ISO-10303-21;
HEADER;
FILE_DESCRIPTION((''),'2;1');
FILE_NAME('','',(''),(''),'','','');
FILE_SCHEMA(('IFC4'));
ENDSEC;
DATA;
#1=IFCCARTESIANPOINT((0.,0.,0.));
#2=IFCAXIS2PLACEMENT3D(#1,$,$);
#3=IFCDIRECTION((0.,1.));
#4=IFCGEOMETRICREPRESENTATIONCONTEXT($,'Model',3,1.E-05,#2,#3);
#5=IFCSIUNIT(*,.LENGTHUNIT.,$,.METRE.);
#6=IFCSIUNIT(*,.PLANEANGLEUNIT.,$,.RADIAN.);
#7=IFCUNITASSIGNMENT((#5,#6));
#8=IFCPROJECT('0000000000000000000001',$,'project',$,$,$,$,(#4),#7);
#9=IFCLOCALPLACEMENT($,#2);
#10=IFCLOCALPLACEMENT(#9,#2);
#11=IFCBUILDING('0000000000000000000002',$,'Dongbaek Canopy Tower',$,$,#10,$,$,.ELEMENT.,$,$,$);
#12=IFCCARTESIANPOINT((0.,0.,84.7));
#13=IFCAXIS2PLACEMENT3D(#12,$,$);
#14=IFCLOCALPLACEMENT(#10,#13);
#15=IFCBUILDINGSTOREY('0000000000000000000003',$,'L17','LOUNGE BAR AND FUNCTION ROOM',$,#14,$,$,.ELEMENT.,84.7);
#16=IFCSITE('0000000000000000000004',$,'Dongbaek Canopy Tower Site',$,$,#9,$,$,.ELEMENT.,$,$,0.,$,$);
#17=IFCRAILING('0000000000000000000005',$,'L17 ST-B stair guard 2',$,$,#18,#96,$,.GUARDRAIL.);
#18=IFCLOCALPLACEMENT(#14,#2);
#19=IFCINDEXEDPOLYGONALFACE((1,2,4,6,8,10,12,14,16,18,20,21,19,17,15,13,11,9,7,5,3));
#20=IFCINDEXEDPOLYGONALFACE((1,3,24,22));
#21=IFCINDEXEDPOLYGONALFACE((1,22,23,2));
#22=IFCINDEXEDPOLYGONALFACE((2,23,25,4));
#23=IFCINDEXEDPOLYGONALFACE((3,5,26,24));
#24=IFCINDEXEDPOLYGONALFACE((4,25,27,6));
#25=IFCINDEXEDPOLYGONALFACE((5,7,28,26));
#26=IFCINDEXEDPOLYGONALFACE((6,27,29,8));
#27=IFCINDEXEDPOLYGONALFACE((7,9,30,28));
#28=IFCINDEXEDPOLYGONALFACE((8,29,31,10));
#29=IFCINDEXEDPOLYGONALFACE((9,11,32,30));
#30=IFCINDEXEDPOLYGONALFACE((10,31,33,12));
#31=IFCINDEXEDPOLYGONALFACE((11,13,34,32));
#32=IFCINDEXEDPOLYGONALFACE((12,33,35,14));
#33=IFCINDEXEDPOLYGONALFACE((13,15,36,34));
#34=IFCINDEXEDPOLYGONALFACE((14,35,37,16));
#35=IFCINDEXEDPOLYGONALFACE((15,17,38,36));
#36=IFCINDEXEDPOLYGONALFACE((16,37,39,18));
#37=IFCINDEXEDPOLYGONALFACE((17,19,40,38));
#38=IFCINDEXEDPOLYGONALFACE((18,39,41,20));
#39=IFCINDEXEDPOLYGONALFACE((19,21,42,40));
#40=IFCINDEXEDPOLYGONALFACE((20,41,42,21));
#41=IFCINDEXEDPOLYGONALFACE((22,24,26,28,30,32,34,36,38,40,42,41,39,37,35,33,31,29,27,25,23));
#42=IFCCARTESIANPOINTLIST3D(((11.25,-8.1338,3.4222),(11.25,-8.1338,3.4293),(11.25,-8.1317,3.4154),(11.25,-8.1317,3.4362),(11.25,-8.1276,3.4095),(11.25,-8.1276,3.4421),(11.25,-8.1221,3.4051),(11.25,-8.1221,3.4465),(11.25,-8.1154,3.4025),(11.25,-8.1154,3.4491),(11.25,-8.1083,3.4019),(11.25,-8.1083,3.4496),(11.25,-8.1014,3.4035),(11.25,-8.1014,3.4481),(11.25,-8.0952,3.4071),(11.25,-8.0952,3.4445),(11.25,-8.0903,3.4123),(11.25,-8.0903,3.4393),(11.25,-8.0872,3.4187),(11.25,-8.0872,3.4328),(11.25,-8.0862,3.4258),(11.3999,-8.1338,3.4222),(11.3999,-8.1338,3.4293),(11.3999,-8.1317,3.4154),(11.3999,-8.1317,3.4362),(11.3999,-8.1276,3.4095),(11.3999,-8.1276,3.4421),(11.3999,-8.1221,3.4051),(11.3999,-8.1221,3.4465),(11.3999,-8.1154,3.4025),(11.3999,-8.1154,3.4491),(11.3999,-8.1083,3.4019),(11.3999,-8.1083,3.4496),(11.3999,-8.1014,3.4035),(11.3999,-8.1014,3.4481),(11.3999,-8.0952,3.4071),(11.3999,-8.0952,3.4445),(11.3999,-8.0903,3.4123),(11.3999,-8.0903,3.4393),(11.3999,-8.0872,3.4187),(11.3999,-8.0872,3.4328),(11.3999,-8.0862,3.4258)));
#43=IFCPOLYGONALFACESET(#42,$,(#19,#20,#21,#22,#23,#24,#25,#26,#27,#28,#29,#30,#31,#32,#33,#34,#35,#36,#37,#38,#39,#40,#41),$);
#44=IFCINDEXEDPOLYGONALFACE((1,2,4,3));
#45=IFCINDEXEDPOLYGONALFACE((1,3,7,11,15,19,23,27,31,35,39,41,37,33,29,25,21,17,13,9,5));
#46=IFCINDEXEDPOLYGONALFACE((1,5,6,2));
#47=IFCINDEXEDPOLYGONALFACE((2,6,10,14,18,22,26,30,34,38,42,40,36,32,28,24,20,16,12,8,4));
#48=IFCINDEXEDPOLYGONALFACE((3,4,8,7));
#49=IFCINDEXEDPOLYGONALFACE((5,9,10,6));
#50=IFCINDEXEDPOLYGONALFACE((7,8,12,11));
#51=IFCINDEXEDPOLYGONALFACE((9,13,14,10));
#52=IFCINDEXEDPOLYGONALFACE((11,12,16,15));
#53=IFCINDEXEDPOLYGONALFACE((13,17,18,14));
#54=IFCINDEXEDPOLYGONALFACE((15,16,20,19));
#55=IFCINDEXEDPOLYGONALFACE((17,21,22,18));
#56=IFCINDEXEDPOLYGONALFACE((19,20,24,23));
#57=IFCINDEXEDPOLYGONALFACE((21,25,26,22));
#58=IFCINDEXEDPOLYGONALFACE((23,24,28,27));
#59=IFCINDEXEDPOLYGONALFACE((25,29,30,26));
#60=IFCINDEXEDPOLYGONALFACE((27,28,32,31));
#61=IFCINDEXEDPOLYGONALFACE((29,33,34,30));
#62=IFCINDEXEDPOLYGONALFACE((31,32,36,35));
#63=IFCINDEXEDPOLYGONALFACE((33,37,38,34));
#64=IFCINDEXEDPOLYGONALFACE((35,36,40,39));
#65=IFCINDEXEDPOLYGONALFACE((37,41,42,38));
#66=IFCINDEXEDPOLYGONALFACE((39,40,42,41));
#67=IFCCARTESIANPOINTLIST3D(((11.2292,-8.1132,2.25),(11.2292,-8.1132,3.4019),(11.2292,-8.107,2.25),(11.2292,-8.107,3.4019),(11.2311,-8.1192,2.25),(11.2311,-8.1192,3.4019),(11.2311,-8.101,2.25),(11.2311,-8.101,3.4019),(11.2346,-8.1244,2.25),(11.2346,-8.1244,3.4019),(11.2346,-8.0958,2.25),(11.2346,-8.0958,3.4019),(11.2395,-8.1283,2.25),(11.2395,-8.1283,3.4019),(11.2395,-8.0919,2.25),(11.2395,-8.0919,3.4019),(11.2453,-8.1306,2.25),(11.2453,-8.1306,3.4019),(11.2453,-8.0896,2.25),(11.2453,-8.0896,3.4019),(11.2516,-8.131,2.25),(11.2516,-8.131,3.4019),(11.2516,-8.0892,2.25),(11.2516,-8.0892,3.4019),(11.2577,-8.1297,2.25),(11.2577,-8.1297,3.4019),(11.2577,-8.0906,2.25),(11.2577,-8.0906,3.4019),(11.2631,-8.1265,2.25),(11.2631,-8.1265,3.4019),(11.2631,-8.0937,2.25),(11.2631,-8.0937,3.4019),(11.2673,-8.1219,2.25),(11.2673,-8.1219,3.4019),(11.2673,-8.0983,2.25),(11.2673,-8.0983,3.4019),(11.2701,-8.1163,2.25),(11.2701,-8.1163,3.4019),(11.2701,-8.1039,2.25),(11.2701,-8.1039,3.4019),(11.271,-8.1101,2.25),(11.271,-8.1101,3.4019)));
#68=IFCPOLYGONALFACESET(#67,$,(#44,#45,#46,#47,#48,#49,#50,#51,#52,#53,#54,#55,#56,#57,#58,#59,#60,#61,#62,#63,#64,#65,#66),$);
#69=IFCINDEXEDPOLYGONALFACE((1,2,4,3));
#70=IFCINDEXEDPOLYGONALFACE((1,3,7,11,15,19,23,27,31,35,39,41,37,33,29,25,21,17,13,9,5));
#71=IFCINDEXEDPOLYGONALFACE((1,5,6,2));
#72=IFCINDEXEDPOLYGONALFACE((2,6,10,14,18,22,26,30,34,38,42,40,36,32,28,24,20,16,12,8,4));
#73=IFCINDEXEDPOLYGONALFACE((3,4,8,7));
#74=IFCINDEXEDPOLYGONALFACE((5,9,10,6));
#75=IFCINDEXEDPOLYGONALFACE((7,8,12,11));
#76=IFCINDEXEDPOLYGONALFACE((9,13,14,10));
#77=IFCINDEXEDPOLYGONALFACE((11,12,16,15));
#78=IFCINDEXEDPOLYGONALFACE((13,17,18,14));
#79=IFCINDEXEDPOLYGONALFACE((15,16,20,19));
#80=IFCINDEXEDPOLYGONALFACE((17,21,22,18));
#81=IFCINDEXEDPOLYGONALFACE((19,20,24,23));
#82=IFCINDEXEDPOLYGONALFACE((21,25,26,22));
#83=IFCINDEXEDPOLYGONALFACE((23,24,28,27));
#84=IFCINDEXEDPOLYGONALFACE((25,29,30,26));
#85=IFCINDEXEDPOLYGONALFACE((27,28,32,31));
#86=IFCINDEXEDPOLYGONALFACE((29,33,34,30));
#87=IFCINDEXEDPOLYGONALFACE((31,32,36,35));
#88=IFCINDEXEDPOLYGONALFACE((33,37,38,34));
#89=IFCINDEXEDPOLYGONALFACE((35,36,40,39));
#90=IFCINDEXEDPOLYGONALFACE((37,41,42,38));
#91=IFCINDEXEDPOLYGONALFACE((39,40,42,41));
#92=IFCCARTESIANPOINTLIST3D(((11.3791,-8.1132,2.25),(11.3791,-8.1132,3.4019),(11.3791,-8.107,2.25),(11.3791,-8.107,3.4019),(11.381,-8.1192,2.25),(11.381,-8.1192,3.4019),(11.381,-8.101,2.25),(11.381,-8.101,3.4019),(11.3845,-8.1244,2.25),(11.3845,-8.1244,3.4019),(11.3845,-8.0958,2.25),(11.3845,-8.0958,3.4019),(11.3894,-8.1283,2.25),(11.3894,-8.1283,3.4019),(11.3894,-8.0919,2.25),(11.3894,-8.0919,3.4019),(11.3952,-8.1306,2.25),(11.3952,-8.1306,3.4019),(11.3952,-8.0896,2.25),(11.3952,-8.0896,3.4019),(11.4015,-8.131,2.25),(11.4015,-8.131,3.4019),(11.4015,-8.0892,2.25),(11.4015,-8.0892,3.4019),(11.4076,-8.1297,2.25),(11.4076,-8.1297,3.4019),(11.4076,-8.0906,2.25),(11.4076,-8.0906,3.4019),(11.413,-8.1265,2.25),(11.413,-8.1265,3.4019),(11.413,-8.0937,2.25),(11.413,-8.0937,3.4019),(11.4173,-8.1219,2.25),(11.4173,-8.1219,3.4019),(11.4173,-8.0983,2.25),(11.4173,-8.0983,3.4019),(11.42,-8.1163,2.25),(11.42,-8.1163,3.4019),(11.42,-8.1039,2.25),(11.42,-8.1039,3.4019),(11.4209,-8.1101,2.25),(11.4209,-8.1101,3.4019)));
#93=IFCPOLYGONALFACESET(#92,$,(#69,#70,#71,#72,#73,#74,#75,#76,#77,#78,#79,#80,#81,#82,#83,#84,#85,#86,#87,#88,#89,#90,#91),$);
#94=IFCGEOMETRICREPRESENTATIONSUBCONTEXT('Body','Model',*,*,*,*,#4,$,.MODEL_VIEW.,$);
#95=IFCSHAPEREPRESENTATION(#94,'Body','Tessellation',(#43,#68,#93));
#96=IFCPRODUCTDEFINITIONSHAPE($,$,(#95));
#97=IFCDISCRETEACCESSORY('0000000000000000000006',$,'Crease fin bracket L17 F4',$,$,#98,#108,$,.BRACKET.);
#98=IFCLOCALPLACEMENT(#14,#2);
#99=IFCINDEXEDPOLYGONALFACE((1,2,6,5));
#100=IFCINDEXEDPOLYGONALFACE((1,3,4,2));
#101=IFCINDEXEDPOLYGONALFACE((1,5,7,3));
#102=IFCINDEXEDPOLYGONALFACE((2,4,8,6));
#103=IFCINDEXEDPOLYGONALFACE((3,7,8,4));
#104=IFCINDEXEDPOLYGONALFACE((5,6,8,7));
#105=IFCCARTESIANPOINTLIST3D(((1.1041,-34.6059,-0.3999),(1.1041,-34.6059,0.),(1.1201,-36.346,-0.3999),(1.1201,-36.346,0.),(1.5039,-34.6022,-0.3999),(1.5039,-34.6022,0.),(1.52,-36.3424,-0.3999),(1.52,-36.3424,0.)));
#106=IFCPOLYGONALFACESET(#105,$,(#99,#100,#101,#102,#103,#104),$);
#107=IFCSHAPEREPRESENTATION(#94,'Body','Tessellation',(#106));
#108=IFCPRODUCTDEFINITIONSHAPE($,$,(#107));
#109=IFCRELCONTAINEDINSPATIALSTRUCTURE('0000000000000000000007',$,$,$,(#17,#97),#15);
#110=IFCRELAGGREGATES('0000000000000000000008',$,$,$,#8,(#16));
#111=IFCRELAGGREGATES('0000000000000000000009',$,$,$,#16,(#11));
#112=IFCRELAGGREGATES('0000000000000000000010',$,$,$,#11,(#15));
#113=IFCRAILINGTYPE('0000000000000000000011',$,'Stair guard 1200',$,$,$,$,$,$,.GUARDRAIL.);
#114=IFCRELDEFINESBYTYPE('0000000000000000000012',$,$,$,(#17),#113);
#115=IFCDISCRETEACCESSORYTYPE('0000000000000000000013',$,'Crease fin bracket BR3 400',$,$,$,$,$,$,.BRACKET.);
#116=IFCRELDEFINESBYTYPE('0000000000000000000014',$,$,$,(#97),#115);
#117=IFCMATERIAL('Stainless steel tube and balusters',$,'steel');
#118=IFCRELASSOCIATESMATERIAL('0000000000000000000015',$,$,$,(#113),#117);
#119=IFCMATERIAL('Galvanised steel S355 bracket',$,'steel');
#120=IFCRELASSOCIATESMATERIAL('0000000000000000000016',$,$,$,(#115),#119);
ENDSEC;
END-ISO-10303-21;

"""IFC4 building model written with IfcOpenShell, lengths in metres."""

from ifc_helpers import new_model, si_unit, direction, frame, origin, origin_2d, place, context, subcontext, project, spatial, rectangle, circle, extrude, material, type_object, element, save


model = new_model("IFC4")

# Units and contexts
model_context = context("Model", 3, precision=1e-05, world=origin(), true_north=direction((0.0, 1.0)))
body_context = subcontext(model_context, "Body", "Model", "MODEL_VIEW")
ifc_project = project(units=[si_unit("LENGTHUNIT", "METRE"), si_unit("PLANEANGLEUNIT", "RADIAN")], contexts=[model_context])

# Site, building, storey
site_placement = place(None, origin())
site = spatial("IfcSite", under=ifc_project, at=site_placement, Name="Dongbaek Canopy Tower Site", CompositionType="ELEMENT", RefElevation=0.0)
building_placement = place(site_placement, origin())
building = spatial("IfcBuilding", under=site, at=building_placement, Name="Dongbaek Canopy Tower", CompositionType="ELEMENT")
storey_placement = place(building_placement, frame((0.0, 0.0, 84.7)))
storey = spatial("IfcBuildingStorey", under=building, at=storey_placement, Name="L17", Description="LOUNGE BAR AND FUNCTION ROOM", CompositionType="ELEMENT", Elevation=84.7)

# Railing
ifc_material_1 = material(Name="Stainless steel tube and balusters", Category="steel")
railing_type = type_object("IfcRailingType", Name="Stair guard 1200", PredefinedType="GUARDRAIL", material=ifc_material_1)
railing_placement = place(storey_placement, frame((11.25, -8.1101, 2.25)))
element("IfcRailing", 1, at=railing_placement, inside=storey, type_object=railing_type, Name="L17 ST-B stair guard 2", PredefinedType="GUARDRAIL", context=body_context, shape_type="SweptSolid", body=[
    extrude(circle(Radius=0.0239, at=origin_2d()), frame((0.0, 0.0, 1.1758), z_axis=(1.0, 0.0, 0.0), x_axis=(0.0, 1.0, 0.0)), (0.0, 0.0, 1.0), 0.1499),
    extrude(circle(Radius=0.021, at=origin_2d()), origin(), (0.0, 0.0, 1.0), 1.1519),
    extrude(circle(Radius=0.021, at=origin_2d()), frame((0.1499, 0.0, 0.0)), (0.0, 0.0, 1.0), 1.1519),
])

# Discrete accessory
ifc_material_2 = material(Name="Galvanised steel S355 bracket", Category="steel")
discrete_accessory_type = type_object("IfcDiscreteAccessoryType", Name="Crease fin bracket BR3 400", PredefinedType="BRACKET", material=ifc_material_2)
discrete_accessory_placement = place(storey_placement, frame((1.312, -35.4741, -0.3999), z_axis=(0.0, 0.0, 1.0), x_axis=(0.009201, -0.999958, 0.0)))
element("IfcDiscreteAccessory", 2, at=discrete_accessory_placement, inside=storey, type_object=discrete_accessory_type, Name="Crease fin bracket L17 F4", PredefinedType="BRACKET", context=body_context, shape_type="SweptSolid", body=[
    extrude(rectangle(XDim=1.7402, YDim=0.3999, at=origin_2d()), origin(), (0.0, 0.0, 1.0), 0.3999),
])

save(model, "model.ifc")
